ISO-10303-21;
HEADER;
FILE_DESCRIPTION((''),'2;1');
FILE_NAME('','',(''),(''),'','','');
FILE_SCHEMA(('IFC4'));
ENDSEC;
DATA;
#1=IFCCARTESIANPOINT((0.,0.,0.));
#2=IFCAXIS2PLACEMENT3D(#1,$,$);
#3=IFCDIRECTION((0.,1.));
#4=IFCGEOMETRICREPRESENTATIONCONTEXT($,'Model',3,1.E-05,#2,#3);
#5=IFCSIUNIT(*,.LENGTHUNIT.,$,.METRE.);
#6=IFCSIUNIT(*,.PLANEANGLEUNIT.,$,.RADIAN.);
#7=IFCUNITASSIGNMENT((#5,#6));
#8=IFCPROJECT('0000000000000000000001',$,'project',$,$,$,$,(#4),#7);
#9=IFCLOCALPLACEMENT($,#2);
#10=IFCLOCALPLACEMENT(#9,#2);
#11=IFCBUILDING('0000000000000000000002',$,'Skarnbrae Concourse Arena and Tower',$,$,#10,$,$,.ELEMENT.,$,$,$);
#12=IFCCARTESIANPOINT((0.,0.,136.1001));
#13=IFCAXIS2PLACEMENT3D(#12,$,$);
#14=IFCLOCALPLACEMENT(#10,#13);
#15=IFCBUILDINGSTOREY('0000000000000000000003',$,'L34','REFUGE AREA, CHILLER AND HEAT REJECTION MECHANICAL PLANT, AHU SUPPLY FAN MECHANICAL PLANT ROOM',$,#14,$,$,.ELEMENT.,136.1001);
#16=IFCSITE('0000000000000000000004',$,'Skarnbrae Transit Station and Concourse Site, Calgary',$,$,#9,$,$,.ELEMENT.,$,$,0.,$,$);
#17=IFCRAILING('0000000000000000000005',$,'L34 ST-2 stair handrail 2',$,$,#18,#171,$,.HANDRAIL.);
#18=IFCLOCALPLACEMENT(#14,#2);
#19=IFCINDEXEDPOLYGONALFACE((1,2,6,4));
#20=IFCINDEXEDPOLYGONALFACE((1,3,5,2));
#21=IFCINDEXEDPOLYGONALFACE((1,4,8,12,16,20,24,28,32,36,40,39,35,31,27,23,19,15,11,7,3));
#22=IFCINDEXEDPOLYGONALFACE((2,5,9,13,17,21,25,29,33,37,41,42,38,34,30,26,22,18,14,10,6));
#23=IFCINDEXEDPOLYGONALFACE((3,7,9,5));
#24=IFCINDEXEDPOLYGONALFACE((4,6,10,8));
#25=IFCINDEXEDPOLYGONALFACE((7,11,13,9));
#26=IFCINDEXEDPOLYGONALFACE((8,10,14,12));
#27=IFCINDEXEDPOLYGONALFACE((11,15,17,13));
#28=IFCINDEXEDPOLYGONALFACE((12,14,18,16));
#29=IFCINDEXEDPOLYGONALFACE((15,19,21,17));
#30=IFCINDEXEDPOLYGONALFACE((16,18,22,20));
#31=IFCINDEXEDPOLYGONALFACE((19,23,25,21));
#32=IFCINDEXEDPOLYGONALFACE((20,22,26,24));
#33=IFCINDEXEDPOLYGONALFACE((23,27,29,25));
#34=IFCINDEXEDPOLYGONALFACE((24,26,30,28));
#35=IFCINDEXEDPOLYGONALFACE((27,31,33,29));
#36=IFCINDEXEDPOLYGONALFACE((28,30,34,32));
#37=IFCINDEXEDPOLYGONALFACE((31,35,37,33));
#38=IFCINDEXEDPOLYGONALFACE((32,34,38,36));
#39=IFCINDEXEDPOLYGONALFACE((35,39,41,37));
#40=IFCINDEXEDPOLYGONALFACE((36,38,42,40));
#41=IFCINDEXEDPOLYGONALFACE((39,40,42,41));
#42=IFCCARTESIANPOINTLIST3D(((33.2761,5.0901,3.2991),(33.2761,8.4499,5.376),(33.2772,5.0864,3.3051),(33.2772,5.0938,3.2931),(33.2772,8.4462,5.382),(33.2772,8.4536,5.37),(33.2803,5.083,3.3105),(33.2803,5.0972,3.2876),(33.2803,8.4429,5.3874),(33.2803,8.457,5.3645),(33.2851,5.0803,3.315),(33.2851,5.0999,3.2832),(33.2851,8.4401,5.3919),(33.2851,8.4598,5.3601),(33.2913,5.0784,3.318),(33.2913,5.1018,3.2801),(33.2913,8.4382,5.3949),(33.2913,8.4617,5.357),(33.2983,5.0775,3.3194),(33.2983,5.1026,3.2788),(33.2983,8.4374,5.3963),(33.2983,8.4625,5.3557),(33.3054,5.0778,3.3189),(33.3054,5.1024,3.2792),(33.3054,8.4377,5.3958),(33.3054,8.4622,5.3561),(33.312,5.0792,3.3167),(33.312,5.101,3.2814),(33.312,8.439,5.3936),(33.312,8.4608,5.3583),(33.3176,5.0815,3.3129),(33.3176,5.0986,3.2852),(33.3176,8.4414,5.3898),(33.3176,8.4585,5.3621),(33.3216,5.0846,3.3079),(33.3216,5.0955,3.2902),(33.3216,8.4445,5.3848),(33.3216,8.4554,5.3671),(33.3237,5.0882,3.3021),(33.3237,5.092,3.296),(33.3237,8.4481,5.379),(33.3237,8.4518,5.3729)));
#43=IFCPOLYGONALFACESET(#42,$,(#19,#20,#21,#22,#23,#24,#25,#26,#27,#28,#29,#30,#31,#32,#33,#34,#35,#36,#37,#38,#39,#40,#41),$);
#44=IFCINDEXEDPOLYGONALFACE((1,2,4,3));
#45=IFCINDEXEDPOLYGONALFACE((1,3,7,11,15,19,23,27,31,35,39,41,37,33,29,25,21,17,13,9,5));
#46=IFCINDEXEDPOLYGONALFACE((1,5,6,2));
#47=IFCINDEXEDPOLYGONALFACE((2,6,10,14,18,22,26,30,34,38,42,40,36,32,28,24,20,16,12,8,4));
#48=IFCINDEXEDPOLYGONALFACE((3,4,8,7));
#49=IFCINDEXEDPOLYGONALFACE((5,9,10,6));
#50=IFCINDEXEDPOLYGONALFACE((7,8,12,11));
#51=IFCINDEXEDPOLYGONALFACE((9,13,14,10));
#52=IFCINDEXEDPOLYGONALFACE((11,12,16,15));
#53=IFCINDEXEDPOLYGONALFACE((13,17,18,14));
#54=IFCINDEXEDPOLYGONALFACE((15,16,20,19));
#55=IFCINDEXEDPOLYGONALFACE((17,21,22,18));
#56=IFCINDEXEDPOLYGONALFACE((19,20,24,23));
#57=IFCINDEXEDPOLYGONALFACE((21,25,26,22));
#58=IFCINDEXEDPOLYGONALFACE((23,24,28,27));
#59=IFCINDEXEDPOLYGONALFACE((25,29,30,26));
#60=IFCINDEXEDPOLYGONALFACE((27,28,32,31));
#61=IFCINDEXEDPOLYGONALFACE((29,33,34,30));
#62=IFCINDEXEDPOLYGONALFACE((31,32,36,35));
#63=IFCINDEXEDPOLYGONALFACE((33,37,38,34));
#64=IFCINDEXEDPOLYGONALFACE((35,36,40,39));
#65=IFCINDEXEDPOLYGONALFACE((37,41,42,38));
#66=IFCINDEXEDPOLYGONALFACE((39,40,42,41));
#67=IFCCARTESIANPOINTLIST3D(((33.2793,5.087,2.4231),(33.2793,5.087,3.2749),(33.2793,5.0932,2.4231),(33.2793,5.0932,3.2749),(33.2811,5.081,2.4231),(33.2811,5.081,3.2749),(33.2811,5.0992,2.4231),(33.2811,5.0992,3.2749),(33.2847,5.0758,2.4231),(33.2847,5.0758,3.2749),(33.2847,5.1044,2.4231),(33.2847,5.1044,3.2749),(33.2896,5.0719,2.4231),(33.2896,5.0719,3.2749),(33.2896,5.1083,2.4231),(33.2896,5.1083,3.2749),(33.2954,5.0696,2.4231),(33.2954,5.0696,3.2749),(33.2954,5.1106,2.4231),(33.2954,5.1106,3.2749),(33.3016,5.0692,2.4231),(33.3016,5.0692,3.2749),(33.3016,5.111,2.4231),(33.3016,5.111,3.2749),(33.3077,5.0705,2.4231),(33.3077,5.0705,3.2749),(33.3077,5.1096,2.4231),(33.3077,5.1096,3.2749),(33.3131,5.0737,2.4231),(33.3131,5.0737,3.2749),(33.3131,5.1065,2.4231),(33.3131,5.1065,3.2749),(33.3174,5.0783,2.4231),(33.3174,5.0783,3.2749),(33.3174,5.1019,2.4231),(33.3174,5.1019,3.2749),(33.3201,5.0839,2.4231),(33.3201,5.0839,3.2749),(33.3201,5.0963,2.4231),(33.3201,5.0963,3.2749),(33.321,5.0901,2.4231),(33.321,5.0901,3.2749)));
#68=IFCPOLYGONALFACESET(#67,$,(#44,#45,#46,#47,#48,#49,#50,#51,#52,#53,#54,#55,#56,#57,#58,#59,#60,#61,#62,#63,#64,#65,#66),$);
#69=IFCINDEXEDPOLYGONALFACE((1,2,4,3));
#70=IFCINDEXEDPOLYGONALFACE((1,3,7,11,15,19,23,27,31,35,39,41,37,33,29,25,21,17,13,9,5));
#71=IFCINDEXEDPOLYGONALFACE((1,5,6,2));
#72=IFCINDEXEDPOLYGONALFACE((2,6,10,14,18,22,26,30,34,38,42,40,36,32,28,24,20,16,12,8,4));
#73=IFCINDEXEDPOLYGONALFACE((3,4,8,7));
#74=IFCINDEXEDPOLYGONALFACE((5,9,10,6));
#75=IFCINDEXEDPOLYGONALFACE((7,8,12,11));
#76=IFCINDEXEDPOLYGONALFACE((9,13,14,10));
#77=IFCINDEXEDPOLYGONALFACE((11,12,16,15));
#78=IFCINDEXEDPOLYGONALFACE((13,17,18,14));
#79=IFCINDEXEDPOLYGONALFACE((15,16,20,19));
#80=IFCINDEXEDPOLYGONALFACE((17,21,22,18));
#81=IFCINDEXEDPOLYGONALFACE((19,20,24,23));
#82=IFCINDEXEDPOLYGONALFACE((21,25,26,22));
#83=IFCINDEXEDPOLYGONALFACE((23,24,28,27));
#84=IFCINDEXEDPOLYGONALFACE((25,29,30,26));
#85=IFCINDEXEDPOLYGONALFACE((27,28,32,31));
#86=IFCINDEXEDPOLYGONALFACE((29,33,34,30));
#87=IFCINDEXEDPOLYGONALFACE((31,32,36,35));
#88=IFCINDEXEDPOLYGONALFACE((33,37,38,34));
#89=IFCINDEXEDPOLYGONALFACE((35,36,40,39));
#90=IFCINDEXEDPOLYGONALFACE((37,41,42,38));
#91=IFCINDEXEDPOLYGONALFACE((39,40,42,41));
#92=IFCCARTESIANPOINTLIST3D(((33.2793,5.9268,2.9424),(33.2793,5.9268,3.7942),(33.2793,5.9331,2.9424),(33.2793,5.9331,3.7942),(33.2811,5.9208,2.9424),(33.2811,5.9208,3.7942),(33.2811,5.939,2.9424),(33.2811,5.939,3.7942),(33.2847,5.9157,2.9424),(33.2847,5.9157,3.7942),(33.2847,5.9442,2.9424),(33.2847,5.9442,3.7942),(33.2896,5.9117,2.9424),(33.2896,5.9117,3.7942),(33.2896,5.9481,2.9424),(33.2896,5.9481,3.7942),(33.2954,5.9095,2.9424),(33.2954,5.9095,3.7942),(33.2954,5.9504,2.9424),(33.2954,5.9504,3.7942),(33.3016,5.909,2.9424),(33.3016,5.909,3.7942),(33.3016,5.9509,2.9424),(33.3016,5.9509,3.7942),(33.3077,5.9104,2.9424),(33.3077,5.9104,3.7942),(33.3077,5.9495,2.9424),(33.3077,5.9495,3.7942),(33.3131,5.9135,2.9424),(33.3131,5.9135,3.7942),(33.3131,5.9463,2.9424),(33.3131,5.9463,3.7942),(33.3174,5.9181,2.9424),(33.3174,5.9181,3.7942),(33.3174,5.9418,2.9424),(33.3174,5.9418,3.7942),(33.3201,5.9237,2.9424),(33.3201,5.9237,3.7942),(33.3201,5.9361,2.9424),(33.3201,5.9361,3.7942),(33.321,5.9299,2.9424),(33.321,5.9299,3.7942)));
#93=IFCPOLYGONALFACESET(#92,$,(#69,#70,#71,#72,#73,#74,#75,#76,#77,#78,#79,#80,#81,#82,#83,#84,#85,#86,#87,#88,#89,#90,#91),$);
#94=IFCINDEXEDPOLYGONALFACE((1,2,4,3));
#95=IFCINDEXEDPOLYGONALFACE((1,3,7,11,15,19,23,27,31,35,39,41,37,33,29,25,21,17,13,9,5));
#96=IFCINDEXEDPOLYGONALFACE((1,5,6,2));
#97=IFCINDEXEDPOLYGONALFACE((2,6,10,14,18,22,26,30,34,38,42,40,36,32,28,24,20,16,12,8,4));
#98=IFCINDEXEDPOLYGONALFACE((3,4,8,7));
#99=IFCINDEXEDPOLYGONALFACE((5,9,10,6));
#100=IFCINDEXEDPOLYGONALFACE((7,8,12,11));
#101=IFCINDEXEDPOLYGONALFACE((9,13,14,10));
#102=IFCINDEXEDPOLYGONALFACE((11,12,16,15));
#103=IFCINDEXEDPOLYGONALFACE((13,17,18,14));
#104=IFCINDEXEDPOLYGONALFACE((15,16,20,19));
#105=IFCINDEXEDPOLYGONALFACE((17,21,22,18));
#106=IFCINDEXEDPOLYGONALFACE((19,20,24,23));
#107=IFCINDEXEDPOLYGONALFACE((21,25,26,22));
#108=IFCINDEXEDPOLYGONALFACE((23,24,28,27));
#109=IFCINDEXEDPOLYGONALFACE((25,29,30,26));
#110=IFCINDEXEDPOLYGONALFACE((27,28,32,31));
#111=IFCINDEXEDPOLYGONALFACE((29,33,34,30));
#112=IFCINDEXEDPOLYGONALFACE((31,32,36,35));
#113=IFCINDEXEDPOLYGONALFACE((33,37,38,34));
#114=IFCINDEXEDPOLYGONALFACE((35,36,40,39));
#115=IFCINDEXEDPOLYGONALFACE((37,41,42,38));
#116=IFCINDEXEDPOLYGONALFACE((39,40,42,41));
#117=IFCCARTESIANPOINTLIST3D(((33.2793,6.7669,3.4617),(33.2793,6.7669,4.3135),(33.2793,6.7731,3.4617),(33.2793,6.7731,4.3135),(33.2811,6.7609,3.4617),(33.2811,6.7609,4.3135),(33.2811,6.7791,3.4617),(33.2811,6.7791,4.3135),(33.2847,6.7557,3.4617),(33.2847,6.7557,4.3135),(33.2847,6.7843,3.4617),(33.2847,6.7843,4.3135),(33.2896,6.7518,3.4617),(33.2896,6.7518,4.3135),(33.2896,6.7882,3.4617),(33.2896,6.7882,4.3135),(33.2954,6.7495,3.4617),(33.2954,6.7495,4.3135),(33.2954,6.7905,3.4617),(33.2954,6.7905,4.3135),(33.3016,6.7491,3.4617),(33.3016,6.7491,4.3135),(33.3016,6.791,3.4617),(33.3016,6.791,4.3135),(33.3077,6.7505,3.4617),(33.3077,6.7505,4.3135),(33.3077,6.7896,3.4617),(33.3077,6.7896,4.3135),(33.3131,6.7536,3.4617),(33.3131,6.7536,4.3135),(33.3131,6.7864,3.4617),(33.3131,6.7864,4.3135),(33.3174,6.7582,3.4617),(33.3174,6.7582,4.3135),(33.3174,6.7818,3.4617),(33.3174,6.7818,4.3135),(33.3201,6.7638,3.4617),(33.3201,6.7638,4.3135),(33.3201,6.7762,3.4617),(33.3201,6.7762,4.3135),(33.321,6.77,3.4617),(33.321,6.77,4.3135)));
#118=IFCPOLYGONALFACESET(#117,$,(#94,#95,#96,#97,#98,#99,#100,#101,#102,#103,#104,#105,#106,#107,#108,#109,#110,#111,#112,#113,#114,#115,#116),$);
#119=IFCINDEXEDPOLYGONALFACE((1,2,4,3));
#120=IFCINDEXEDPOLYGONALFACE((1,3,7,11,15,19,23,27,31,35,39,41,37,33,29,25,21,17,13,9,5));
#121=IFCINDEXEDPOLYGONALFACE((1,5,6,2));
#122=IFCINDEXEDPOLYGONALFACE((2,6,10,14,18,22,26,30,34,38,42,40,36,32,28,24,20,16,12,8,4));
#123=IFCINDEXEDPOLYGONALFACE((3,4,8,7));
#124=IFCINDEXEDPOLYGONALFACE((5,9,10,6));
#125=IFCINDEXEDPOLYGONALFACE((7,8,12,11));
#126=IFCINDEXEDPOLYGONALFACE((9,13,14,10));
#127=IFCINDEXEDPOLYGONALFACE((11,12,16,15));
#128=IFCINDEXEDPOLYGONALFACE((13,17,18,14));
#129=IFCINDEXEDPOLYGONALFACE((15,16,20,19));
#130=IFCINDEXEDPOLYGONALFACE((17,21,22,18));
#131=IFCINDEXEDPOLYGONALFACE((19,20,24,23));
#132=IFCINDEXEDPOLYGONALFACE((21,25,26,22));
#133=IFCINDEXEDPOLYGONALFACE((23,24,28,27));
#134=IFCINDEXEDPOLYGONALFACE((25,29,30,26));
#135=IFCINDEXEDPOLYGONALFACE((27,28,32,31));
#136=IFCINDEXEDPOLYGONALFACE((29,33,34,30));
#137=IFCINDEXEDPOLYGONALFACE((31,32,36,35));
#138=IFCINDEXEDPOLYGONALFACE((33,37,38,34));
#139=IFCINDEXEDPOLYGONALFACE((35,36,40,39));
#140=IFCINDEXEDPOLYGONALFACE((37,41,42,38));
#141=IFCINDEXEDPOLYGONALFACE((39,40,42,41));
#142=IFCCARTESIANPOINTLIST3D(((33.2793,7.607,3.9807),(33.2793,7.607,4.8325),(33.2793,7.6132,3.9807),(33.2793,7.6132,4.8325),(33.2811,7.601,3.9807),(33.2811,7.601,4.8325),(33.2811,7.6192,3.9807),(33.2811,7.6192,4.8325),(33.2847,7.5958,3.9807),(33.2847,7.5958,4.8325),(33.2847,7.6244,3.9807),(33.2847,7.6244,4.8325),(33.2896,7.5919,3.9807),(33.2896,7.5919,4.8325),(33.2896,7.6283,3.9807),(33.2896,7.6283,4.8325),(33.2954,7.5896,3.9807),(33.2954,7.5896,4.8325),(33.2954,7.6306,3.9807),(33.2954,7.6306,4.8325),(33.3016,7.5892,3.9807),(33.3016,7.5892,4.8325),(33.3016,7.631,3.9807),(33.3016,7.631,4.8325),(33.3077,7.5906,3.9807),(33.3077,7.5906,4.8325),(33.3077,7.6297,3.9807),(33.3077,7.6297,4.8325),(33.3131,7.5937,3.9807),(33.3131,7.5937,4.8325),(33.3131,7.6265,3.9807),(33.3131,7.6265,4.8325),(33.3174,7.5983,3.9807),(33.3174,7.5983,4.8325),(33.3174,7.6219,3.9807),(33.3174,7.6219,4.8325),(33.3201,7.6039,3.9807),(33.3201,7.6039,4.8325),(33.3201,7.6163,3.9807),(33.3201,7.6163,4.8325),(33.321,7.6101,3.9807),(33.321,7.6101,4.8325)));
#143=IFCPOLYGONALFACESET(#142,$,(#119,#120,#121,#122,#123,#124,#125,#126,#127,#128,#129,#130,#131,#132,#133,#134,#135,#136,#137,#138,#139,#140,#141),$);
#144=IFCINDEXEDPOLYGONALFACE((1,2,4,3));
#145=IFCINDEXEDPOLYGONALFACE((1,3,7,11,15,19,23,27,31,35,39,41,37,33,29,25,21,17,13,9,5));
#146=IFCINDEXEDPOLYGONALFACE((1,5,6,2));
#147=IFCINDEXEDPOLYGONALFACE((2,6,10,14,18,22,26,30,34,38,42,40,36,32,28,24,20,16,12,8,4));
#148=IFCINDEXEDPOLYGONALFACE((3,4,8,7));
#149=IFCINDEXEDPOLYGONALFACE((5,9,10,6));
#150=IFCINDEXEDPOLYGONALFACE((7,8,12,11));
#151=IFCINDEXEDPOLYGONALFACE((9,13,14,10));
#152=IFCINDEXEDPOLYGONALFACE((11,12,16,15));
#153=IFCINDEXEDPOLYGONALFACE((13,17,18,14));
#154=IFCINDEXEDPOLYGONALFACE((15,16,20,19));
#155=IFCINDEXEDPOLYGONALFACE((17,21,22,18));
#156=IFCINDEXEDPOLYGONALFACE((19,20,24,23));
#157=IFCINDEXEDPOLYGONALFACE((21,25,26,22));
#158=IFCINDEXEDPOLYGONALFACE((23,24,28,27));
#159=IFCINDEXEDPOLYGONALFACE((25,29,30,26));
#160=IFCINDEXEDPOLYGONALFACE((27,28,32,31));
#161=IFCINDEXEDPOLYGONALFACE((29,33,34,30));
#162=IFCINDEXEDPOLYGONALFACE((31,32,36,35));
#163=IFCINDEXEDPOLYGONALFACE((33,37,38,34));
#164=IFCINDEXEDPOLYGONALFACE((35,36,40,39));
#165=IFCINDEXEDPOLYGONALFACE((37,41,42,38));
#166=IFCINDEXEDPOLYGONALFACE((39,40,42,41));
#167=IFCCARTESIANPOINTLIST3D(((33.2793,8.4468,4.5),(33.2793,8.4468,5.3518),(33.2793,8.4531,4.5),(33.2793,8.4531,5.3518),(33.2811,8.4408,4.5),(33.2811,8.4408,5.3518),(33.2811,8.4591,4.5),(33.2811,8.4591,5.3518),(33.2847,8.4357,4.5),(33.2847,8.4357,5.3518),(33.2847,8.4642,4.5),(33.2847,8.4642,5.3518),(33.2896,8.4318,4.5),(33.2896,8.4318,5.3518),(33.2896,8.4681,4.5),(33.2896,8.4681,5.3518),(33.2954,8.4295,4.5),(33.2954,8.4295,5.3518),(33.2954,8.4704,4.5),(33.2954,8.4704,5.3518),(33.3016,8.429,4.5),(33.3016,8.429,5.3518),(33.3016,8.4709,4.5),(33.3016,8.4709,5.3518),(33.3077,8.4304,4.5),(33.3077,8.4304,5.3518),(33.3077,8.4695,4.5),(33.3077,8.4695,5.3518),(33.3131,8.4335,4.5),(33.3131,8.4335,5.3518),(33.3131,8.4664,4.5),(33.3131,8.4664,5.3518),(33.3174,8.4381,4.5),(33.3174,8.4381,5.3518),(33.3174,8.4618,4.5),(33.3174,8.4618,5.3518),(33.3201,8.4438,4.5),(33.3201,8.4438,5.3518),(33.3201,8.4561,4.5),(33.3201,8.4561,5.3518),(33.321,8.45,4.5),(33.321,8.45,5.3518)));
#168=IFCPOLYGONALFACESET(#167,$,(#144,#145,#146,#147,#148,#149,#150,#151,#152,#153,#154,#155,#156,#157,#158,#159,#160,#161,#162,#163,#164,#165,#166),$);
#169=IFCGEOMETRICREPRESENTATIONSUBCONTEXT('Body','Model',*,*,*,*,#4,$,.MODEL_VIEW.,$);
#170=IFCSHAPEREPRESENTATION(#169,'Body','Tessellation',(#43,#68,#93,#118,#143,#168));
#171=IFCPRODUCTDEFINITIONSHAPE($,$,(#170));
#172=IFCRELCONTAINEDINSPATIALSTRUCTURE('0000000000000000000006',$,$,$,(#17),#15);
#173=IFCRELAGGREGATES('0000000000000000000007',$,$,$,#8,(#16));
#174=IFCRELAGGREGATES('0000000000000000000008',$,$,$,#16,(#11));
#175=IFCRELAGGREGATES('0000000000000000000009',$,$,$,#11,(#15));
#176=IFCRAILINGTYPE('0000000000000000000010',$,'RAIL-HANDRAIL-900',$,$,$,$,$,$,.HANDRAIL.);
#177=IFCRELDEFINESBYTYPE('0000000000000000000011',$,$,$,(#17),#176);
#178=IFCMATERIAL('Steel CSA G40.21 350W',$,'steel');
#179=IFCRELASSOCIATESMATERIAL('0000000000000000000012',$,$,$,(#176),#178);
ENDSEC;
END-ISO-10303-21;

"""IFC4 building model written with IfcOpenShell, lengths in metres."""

from ifc_helpers import new_model, si_unit, direction, frame, origin, origin_2d, place, context, subcontext, project, spatial, circle, extrude, material, type_object, element, save


model = new_model("IFC4")

# Units and contexts
model_context = context("Model", 3, precision=1e-05, world=origin(), true_north=direction((0.0, 1.0)))
body_context = subcontext(model_context, "Body", "Model", "MODEL_VIEW")
ifc_project = project(units=[si_unit("LENGTHUNIT", "METRE"), si_unit("PLANEANGLEUNIT", "RADIAN")], contexts=[model_context])

# Site, building, storey
site_placement = place(None, origin())
site = spatial("IfcSite", under=ifc_project, at=site_placement, Name="Skarnbrae Transit Station and Concourse Site, Calgary", CompositionType="ELEMENT", RefElevation=0.0)
building_placement = place(site_placement, origin())
building = spatial("IfcBuilding", under=site, at=building_placement, Name="Skarnbrae Concourse Arena and Tower", CompositionType="ELEMENT")
storey_placement = place(building_placement, frame((0.0, 0.0, 136.1001)))
storey = spatial("IfcBuildingStorey", under=building, at=storey_placement, Name="L34", Description="REFUGE AREA, CHILLER AND HEAT REJECTION MECHANICAL PLANT, AHU SUPPLY FAN MECHANICAL PLANT ROOM", CompositionType="ELEMENT", Elevation=136.1001)

# Shared definitions
ifc_material_1 = material(Name="Steel CSA G40.21 350W", Category="steel")

# Railing
railing_type_1 = type_object("IfcRailingType", Name="RAIL-HANDRAIL-900", PredefinedType="HANDRAIL", material=ifc_material_1)
railing_1_placement = place(storey_placement, frame((33.3, 5.0901, 2.4231)))
element("IfcRailing", 1, at=railing_1_placement, inside=storey, type_object=railing_type_1, Name="L34 ST-2 stair handrail 2", PredefinedType="HANDRAIL", context=body_context, shape_type="SweptSolid", body=[
    extrude(circle(Radius=0.0239, at=origin_2d()), frame((0.0, 0.0, 0.876), z_axis=(0.0, 0.850606, 0.525803), x_axis=(-1.0, 0.0, 0.0)), (0.0, 0.0, 1.0), 3.95),
    extrude(circle(Radius=0.021, at=origin_2d()), origin(), (0.0, 0.0, 1.0), 0.8518),
    extrude(circle(Radius=0.021, at=origin_2d()), frame((0.0, 0.8398, 0.5193)), (0.0, 0.0, 1.0), 0.8518),
    extrude(circle(Radius=0.021, at=origin_2d()), frame((0.0, 1.6799, 1.0386)), (0.0, 0.0, 1.0), 0.8518),
    extrude(circle(Radius=0.021, at=origin_2d()), frame((0.0, 2.52, 1.5576)), (0.0, 0.0, 1.0), 0.8518),
    extrude(circle(Radius=0.021, at=origin_2d()), frame((0.0, 3.3599, 2.0769)), (0.0, 0.0, 1.0), 0.8518),
])

save(model, "model.ifc")
